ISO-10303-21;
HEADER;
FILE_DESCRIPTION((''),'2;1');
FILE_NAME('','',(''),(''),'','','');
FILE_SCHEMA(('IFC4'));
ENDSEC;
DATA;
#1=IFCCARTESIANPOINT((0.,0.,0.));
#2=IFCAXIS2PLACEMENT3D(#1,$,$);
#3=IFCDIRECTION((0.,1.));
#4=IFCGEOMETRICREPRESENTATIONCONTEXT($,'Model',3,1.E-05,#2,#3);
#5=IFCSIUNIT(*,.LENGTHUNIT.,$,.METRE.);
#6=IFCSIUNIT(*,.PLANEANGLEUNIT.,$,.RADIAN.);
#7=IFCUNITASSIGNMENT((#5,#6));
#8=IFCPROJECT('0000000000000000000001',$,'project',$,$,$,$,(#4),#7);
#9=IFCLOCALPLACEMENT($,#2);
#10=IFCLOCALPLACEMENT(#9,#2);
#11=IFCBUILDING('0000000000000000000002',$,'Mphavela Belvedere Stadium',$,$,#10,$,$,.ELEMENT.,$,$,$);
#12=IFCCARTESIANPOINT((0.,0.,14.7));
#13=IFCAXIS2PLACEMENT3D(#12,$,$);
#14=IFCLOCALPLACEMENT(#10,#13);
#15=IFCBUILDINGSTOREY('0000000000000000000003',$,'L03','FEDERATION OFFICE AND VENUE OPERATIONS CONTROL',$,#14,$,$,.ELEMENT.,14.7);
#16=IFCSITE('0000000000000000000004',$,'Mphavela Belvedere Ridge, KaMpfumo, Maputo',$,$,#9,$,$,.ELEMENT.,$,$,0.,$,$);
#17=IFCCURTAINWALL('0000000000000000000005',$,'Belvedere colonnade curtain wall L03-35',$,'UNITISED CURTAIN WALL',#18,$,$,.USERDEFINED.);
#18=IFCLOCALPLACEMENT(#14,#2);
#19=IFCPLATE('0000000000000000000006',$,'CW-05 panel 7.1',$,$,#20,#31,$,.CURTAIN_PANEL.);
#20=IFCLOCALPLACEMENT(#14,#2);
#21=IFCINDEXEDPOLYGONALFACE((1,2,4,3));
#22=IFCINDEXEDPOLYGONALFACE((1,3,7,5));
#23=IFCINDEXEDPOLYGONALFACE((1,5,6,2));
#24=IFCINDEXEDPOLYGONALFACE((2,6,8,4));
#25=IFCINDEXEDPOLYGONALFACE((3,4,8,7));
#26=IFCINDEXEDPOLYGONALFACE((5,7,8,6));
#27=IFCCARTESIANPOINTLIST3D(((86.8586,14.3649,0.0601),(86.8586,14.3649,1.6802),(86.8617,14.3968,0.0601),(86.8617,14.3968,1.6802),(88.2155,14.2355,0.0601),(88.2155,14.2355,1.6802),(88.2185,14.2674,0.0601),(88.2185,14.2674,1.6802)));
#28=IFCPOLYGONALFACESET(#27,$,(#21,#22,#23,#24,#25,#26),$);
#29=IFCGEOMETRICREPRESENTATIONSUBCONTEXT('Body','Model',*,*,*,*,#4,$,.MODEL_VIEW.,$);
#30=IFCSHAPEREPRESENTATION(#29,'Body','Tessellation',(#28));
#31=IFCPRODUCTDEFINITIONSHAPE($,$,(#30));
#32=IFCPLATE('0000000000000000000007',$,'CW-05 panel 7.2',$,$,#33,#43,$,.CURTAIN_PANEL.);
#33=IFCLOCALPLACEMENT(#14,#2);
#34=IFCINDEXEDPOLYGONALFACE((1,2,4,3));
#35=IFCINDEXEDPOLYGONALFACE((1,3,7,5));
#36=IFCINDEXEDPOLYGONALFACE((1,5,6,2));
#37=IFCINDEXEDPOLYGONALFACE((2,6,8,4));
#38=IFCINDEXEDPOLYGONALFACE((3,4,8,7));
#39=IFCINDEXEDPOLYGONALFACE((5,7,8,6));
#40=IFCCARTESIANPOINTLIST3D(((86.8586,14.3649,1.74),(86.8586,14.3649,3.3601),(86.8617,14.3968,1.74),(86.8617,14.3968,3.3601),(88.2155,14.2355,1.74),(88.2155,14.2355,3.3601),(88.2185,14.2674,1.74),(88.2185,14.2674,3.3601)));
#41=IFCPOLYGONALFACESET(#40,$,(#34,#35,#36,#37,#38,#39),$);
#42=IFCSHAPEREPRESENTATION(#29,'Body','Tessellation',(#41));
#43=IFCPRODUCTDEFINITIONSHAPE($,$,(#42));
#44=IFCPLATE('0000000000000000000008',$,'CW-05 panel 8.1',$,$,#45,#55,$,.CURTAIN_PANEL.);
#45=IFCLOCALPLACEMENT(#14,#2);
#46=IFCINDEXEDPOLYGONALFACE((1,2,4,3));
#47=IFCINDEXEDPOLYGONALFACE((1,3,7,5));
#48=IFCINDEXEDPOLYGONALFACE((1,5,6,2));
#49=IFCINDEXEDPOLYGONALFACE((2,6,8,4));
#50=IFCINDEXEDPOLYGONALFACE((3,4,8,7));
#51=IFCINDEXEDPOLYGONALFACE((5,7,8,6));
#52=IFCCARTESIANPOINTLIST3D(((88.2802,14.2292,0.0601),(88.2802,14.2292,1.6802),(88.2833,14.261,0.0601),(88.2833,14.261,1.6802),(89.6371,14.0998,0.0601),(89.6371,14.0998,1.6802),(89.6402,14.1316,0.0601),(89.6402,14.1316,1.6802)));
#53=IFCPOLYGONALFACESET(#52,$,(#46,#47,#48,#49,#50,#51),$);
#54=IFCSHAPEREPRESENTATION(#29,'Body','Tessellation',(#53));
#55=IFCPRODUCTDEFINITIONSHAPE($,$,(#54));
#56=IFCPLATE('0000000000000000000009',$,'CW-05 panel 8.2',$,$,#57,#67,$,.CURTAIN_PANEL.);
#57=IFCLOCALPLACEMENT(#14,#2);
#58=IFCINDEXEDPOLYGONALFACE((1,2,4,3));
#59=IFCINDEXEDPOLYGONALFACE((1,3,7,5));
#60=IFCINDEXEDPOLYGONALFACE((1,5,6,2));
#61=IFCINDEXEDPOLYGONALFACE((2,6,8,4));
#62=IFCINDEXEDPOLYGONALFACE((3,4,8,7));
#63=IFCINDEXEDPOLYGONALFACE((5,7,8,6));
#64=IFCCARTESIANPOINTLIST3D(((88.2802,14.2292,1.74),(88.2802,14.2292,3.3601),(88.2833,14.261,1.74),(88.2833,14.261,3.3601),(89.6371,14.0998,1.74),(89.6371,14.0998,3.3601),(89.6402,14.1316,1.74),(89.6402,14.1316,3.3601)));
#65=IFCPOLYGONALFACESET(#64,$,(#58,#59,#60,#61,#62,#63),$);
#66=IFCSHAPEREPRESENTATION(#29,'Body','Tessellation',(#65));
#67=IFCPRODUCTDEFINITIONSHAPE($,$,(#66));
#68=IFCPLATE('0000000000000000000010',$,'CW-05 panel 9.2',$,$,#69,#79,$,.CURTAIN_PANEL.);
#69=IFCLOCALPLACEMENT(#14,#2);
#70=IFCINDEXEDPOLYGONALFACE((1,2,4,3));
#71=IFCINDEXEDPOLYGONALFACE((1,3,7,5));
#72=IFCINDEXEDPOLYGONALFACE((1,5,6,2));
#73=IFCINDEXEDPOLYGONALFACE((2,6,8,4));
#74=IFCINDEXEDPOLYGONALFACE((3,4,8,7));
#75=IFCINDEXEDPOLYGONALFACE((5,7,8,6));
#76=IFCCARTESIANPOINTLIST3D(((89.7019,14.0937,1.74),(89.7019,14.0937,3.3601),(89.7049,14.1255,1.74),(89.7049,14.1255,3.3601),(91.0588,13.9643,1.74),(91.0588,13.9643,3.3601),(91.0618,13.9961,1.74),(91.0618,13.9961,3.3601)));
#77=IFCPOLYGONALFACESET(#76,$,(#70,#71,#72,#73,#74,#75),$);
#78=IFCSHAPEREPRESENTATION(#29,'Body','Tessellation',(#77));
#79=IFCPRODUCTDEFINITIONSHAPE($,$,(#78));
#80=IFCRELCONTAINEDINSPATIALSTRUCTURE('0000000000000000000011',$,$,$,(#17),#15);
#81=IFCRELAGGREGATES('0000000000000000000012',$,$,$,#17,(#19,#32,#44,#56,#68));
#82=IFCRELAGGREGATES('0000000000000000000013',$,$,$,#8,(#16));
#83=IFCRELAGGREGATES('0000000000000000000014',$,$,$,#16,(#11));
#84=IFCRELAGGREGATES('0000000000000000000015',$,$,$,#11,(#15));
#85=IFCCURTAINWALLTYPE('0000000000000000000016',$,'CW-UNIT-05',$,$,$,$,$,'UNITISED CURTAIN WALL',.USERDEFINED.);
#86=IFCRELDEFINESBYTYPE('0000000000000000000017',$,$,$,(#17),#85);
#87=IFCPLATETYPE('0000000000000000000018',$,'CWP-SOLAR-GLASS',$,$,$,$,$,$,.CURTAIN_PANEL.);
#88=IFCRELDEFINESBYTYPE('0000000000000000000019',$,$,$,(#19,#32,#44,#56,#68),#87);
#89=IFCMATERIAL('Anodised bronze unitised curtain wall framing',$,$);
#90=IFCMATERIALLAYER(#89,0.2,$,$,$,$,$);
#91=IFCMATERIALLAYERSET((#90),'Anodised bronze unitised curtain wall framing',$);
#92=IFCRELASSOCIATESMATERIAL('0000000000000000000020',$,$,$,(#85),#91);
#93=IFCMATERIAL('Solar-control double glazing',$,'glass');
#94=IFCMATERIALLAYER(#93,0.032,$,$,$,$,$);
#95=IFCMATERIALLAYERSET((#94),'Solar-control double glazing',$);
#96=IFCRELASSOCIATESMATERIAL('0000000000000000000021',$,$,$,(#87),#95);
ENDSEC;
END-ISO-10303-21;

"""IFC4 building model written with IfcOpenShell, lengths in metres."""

from ifc_helpers import new_model, si_unit, direction, frame, origin, origin_2d, place, context, subcontext, project, spatial, rectangle, extrude, material, layer, layer_set, type_object, element, aggregate, save


model = new_model("IFC4")

# Units and contexts
model_context = context("Model", 3, precision=1e-05, world=origin(), true_north=direction((0.0, 1.0)))
body_context = subcontext(model_context, "Body", "Model", "MODEL_VIEW")
ifc_project = project(units=[si_unit("LENGTHUNIT", "METRE"), si_unit("PLANEANGLEUNIT", "RADIAN")], contexts=[model_context])

# Site, building, storey
site_placement = place(None, origin())
site = spatial("IfcSite", under=ifc_project, at=site_placement, Name="Mphavela Belvedere Ridge, KaMpfumo, Maputo", CompositionType="ELEMENT", RefElevation=0.0)
building_placement = place(site_placement, origin())
building = spatial("IfcBuilding", under=site, at=building_placement, Name="Mphavela Belvedere Stadium", CompositionType="ELEMENT")
storey_placement = place(building_placement, frame((0.0, 0.0, 14.7)))
storey = spatial("IfcBuildingStorey", under=building, at=storey_placement, Name="L03", Description="FEDERATION OFFICE AND VENUE OPERATIONS CONTROL", CompositionType="ELEMENT", Elevation=14.7)

# Curtain wall, plates
ifc_material_1 = material(Name="Anodised bronze unitised curtain wall framing")
ifc_layer_1 = layer(ifc_material_1, 0.2)
ifc_layer_set_1 = layer_set([ifc_layer_1], Name="Anodised bronze unitised curtain wall framing")
curtain_wall_type = type_object("IfcCurtainWallType", Name="CW-UNIT-05", ElementType="UNITISED CURTAIN WALL", PredefinedType="USERDEFINED", material=ifc_layer_set_1)
curtain_wall_placement = place(storey_placement, origin())
curtain_wall = element("IfcCurtainWall", 1, at=curtain_wall_placement, inside=storey, type_object=curtain_wall_type, Name="Belvedere colonnade curtain wall L03-35", ObjectType="UNITISED CURTAIN WALL", PredefinedType="USERDEFINED")
ifc_material_2 = material(Name="Solar-control double glazing", Category="glass")
ifc_layer_2 = layer(ifc_material_2, 0.032)
ifc_layer_set_2 = layer_set([ifc_layer_2], Name="Solar-control double glazing")
plate_type = type_object("IfcPlateType", Name="CWP-SOLAR-GLASS", PredefinedType="CURTAIN_PANEL", material=ifc_layer_set_2)
plate_1_placement = place(storey_placement, frame((87.5386, 14.3162, 0.0601), z_axis=(0.0, 0.0, 1.0), x_axis=(0.995484, -0.094929, 0.0)))
plate_1 = element("IfcPlate", 2, at=plate_1_placement, type_object=plate_type, Name="CW-05 panel 7.1", PredefinedType="CURTAIN_PANEL", context=body_context, shape_type="SweptSolid", body=[
    extrude(rectangle(XDim=1.363, YDim=0.032, at=origin_2d()), origin(), (0.0, 0.0, 1.0), 1.6201),
])
plate_2_placement = place(storey_placement, frame((87.5386, 14.3162, 1.74), z_axis=(0.0, 0.0, 1.0), x_axis=(0.995484, -0.094929, 0.0)))
plate_2 = element("IfcPlate", 3, at=plate_2_placement, type_object=plate_type, Name="CW-05 panel 7.2", PredefinedType="CURTAIN_PANEL", context=body_context, shape_type="SweptSolid", body=[
    extrude(rectangle(XDim=1.363, YDim=0.032, at=origin_2d()), origin(), (0.0, 0.0, 1.0), 1.6201),
])
plate_3_placement = place(storey_placement, frame((88.9602, 14.1804, 0.0601), z_axis=(0.0, 0.0, 1.0), x_axis=(0.995484, -0.094929, 0.0)))
plate_3 = element("IfcPlate", 4, at=plate_3_placement, type_object=plate_type, Name="CW-05 panel 8.1", PredefinedType="CURTAIN_PANEL", context=body_context, shape_type="SweptSolid", body=[
    extrude(rectangle(XDim=1.363, YDim=0.032, at=origin_2d()), origin(), (0.0, 0.0, 1.0), 1.6201),
])
plate_4_placement = place(storey_placement, frame((88.9602, 14.1804, 1.74), z_axis=(0.0, 0.0, 1.0), x_axis=(0.995484, -0.094929, 0.0)))
plate_4 = element("IfcPlate", 5, at=plate_4_placement, type_object=plate_type, Name="CW-05 panel 8.2", PredefinedType="CURTAIN_PANEL", context=body_context, shape_type="SweptSolid", body=[
    extrude(rectangle(XDim=1.363, YDim=0.032, at=origin_2d()), origin(), (0.0, 0.0, 1.0), 1.6201),
])
plate_5_placement = place(storey_placement, frame((90.3818, 14.0449, 1.74), z_axis=(0.0, 0.0, 1.0), x_axis=(0.995484, -0.094929, 0.0)))
plate_5 = element("IfcPlate", 6, at=plate_5_placement, type_object=plate_type, Name="CW-05 panel 9.2", PredefinedType="CURTAIN_PANEL", context=body_context, shape_type="SweptSolid", body=[
    extrude(rectangle(XDim=1.363, YDim=0.032, at=origin_2d()), origin(), (0.0, 0.0, 1.0), 1.6201),
])
aggregate(curtain_wall, [plate_1, plate_2, plate_3, plate_4, plate_5])

save(model, "model.ifc")
